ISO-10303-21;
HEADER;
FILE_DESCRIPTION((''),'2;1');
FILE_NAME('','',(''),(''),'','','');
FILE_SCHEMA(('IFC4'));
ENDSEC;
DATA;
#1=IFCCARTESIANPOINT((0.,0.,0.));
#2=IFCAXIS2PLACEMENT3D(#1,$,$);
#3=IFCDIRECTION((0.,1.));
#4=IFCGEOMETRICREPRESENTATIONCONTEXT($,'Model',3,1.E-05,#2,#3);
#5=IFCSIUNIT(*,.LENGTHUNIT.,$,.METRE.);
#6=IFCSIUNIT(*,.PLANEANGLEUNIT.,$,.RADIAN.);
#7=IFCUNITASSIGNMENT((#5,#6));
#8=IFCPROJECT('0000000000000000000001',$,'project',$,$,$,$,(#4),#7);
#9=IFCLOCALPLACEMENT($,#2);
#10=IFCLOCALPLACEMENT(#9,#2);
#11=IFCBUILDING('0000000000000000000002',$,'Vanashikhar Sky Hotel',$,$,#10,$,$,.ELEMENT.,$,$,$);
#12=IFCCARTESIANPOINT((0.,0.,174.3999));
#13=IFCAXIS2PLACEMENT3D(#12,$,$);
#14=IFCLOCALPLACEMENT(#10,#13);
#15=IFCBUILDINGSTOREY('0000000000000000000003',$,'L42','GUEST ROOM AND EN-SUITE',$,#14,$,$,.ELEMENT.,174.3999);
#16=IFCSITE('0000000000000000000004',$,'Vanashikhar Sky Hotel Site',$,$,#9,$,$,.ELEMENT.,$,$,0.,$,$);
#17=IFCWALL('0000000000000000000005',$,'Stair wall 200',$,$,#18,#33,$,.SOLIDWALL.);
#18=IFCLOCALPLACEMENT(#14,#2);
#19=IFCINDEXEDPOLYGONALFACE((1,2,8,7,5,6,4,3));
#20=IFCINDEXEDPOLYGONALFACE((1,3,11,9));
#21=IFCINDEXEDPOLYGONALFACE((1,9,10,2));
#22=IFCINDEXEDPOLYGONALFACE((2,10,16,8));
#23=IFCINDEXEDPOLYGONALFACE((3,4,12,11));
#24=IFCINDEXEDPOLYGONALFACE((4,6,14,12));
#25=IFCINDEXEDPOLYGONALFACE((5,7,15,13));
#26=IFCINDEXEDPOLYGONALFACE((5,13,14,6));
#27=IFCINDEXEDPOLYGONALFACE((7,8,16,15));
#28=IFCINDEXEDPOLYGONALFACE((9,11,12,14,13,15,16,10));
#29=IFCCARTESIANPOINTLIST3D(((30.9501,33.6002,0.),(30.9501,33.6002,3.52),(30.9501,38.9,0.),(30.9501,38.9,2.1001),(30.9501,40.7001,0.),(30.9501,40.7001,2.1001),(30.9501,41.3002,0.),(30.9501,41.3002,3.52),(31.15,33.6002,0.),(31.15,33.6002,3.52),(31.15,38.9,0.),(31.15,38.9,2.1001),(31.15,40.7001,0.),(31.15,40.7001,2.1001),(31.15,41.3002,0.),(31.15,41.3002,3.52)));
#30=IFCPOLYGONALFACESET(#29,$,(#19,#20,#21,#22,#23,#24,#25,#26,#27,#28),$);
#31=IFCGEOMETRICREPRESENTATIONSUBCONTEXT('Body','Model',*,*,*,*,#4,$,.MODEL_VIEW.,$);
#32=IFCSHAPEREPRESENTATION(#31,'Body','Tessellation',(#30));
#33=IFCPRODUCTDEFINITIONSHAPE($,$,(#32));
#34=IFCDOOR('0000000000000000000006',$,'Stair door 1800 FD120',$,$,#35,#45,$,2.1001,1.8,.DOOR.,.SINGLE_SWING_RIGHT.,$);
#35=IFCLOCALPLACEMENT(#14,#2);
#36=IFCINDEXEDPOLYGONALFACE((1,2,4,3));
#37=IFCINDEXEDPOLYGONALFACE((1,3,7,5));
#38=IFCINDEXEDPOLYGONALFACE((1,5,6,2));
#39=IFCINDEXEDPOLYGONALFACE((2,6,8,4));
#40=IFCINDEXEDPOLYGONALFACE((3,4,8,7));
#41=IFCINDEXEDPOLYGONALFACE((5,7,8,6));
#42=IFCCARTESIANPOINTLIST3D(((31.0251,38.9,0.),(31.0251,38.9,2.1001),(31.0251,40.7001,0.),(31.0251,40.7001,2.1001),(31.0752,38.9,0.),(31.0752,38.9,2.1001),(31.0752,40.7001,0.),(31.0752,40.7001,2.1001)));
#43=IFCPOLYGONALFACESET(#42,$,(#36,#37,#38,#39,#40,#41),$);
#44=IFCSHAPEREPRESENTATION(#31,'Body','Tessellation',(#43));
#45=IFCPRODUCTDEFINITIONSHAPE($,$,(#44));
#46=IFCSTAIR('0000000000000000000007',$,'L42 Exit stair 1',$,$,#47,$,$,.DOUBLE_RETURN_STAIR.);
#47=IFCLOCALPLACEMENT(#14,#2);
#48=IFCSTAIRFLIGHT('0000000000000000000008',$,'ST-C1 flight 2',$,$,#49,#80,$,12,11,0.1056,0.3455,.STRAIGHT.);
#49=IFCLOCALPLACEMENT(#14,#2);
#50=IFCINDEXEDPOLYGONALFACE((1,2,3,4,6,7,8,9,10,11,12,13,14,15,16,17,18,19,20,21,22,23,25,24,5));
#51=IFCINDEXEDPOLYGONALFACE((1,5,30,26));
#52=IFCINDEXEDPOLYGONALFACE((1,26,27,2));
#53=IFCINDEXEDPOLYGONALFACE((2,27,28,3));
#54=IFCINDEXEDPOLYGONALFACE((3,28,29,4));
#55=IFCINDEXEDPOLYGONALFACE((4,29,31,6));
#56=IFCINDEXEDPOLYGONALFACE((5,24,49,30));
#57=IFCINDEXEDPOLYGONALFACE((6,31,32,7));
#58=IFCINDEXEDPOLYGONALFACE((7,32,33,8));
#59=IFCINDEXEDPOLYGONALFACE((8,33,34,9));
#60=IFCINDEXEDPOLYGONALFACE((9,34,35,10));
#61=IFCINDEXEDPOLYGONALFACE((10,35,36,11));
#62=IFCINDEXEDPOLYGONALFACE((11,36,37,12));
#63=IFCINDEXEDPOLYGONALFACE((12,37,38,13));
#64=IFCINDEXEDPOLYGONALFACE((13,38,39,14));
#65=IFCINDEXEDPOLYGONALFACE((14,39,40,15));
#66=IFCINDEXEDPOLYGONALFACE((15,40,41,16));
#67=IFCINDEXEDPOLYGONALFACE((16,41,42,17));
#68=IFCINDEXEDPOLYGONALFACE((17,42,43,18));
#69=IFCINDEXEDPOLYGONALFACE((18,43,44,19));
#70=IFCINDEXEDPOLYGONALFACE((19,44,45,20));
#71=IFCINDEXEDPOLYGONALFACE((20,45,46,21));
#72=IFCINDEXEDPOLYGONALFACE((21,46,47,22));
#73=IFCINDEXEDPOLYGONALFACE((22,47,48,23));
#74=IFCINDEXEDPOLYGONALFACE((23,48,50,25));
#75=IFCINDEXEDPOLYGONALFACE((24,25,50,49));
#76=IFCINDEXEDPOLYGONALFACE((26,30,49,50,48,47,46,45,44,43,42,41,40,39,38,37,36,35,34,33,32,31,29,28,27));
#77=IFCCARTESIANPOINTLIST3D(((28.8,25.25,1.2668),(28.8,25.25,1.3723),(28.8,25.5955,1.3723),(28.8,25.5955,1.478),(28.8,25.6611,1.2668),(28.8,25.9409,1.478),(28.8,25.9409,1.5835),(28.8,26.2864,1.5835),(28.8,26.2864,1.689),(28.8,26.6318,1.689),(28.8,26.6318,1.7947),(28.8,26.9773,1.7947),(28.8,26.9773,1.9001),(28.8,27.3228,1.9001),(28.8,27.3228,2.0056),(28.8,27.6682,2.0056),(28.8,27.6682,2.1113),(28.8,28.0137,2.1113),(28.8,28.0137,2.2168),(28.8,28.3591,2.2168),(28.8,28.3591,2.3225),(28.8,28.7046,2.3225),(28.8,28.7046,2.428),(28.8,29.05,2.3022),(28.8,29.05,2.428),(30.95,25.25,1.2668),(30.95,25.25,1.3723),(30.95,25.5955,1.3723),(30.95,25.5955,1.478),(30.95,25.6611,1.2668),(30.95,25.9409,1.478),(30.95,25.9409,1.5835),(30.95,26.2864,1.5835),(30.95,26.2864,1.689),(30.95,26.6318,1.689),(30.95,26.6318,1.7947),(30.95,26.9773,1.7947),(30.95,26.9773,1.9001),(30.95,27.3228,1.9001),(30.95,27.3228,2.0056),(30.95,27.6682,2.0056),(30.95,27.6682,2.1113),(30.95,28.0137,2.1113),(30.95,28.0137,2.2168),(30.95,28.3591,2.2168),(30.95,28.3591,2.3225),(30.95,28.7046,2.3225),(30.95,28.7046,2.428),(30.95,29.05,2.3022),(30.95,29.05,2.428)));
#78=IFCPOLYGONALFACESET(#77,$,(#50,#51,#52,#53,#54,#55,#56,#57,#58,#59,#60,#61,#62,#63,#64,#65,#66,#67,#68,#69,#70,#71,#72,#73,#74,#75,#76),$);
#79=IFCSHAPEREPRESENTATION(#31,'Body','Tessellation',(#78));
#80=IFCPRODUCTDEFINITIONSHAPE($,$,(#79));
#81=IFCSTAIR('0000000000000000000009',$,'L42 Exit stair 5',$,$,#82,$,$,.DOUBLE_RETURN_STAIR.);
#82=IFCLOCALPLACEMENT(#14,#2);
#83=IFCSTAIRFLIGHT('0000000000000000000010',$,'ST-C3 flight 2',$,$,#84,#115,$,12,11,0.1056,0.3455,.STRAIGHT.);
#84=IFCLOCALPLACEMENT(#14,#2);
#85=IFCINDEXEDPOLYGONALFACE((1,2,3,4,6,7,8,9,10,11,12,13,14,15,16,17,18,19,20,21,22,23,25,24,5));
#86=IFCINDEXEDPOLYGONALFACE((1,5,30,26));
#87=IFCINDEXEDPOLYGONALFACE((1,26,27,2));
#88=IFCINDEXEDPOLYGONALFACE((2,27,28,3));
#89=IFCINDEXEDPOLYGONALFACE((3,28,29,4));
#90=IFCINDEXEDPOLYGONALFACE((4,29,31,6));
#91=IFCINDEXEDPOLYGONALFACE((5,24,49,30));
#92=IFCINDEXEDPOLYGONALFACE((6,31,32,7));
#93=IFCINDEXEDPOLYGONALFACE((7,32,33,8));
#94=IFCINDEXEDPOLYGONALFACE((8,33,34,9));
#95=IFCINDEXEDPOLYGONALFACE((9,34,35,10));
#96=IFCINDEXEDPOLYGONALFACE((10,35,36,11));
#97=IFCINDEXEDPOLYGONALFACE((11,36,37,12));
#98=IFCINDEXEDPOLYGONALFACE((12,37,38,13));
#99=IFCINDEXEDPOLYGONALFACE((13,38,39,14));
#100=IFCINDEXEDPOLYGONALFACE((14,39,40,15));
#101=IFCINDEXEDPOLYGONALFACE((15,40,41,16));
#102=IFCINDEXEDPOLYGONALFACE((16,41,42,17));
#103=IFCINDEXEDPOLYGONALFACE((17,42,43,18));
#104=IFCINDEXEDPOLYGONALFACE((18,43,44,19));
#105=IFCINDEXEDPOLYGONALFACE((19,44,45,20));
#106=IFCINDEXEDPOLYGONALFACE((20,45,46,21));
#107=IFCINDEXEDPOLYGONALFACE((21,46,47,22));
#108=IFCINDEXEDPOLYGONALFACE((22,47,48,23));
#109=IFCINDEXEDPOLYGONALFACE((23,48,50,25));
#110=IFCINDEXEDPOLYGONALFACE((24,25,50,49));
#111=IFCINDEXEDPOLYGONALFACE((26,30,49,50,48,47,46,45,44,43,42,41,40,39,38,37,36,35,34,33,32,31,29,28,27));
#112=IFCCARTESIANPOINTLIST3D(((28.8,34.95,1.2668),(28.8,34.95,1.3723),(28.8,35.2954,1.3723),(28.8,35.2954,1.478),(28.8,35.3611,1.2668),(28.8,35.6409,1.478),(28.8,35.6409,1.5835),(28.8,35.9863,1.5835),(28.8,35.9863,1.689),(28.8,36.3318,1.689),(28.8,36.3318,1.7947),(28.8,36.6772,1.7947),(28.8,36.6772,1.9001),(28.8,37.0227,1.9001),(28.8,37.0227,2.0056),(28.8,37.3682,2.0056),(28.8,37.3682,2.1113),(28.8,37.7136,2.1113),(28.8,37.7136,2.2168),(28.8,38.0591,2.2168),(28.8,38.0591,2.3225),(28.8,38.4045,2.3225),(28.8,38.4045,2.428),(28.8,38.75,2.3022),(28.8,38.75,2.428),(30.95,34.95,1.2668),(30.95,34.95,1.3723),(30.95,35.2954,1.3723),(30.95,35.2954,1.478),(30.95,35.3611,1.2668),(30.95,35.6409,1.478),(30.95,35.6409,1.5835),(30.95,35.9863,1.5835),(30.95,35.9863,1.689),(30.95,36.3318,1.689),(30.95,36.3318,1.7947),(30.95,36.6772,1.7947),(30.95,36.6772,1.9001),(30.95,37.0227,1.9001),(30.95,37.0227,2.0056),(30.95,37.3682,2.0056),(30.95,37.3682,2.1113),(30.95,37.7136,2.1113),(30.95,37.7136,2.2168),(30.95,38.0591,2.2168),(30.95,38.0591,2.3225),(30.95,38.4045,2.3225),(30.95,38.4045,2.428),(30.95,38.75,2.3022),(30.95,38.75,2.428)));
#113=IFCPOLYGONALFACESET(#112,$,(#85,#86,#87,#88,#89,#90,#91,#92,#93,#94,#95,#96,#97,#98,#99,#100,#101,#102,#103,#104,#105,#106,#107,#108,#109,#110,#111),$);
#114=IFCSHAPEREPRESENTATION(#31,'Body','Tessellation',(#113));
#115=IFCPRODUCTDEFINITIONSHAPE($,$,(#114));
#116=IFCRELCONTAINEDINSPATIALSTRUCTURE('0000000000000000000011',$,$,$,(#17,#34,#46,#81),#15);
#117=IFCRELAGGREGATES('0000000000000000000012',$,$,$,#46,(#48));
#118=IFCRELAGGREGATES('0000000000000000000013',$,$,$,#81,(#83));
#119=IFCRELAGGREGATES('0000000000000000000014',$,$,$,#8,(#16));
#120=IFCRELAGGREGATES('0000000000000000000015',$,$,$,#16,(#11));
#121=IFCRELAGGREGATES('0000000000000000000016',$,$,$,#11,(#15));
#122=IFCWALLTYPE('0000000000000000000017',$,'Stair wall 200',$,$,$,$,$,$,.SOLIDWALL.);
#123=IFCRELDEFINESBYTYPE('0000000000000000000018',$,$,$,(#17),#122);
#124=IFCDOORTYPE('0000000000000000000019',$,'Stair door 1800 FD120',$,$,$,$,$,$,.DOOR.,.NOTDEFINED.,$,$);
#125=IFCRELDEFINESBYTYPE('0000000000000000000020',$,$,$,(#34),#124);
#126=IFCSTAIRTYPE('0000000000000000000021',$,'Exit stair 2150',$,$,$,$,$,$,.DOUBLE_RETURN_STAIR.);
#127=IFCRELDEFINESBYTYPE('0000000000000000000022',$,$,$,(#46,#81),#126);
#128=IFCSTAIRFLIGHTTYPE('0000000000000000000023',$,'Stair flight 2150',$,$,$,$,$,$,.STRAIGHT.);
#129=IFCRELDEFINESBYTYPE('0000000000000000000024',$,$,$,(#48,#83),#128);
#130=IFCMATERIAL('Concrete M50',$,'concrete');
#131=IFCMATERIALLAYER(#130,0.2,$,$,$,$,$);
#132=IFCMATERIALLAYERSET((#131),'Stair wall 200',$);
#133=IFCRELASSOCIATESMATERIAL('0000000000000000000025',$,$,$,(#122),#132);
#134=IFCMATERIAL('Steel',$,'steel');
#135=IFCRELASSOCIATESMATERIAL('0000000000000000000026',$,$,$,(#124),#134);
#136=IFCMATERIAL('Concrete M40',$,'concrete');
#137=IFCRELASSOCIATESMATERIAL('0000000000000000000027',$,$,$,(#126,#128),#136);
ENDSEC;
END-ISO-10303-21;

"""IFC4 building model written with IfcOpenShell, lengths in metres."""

from ifc_helpers import new_model, si_unit, direction, frame, frame_2d, origin, place, context, subcontext, project, spatial, polyline, rectangle, outline, extrude, source, transform, mapped, material, layer, layer_set, type_object, element, fill, aggregate, save


model = new_model("IFC4")

# Units and contexts
model_context = context("Model", 3, precision=1e-05, world=origin(), true_north=direction((0.0, 1.0)))
body_context = subcontext(model_context, "Body", "Model", "MODEL_VIEW")
ifc_project = project(units=[si_unit("LENGTHUNIT", "METRE"), si_unit("PLANEANGLEUNIT", "RADIAN")], contexts=[model_context])

# Site, building, storey
site_placement = place(None, origin())
site = spatial("IfcSite", under=ifc_project, at=site_placement, Name="Vanashikhar Sky Hotel Site", CompositionType="ELEMENT", RefElevation=0.0)
building_placement = place(site_placement, origin())
building = spatial("IfcBuilding", under=site, at=building_placement, Name="Vanashikhar Sky Hotel", CompositionType="ELEMENT")
storey_placement = place(building_placement, frame((0.0, 0.0, 174.3999)))
storey = spatial("IfcBuildingStorey", under=building, at=storey_placement, Name="L42", Description="GUEST ROOM AND EN-SUITE", CompositionType="ELEMENT", Elevation=174.3999)

# Shared definitions
ifc_material_1 = material(Name="Steel", Category="steel")

# Shared definitions
ifc_material_2 = material(Name="Concrete M40", Category="concrete")

# Shared definitions
ifc_material_3 = material(Name="Concrete M50", Category="concrete")
ifc_layer_1 = layer(ifc_material_3, 0.2)
ifc_layer_set_1 = layer_set([ifc_layer_1], Name="Stair wall 200")
wall_type_1 = type_object("IfcWallType", Name="Stair wall 200", PredefinedType="SOLIDWALL", material=ifc_layer_set_1)

# Wall, opening, door
shared_shape_1 = source(origin(), body_context, "Body", "SweptSolid", [
    extrude(rectangle(XDim=7.7, YDim=0.2, at=frame_2d((3.8501, 0.0))), origin(), (0.0, 0.0, 1.0), 3.52),
])
wall_1_placement = place(storey_placement, frame((31.05, 33.6001, 0.0), z_axis=(0.0, 0.0, 1.0), x_axis=(0.0, 1.0, 0.0)))
wall_1 = element("IfcWall", 1, at=wall_1_placement, inside=storey, type_object=wall_type_1, Name="Stair wall 200", PredefinedType="SOLIDWALL", context=body_context, shape_type="MappedRepresentation", body=[
    mapped(shared_shape_1, transform((0.0, 0.0, 0.0), scale=1.0)),
])
shared_shape_2 = source(origin(), body_context, "Body", "SweptSolid", [
    extrude(rectangle(XDim=1.8, YDim=2.1001, at=frame_2d((0.8999, 1.05))), frame((0.0, 0.1099, 0.0), z_axis=(0.0, -1.0, 0.0), x_axis=(1.0, 0.0, 0.0)), (0.0, 0.0, 1.0), 0.22),
])
opening_1_placement = place(wall_1_placement, frame((5.3, 0.0, 0.0)))
opening_1 = element("IfcOpeningElement", 2, at=opening_1_placement, cuts=wall_1, PredefinedType="OPENING", context=body_context, shape_type="MappedRepresentation", body=[
    mapped(shared_shape_2, transform((0.0, 0.0, 0.0), scale=1.0)),
])
door_type_1 = type_object("IfcDoorType", Name="Stair door 1800 FD120", OperationType="NOTDEFINED", PredefinedType="DOOR", material=ifc_material_1)
shared_shape_3 = source(origin(), body_context, "Body", "SweptSolid", [
    extrude(rectangle(XDim=1.8, YDim=2.1001, at=frame_2d((0.8999, 1.05))), frame((0.0, 0.0249, 0.0), z_axis=(0.0, -1.0, 0.0), x_axis=(1.0, 0.0, 0.0)), (0.0, 0.0, 1.0), 0.05),
])
door_1_placement = place(opening_1_placement, origin())
door_1 = element("IfcDoor", 3, at=door_1_placement, inside=storey, type_object=door_type_1, Name="Stair door 1800 FD120", OperationType="SINGLE_SWING_RIGHT", OverallHeight=2.1001, OverallWidth=1.8, PredefinedType="DOOR", context=body_context, shape_type="MappedRepresentation", body=[
    mapped(shared_shape_3, transform((0.0, 0.0, 0.0), scale=1.0)),
])
fill(opening_1, door_1)

# Stairs, stair flights
stair_type = type_object("IfcStairType", Name="Exit stair 2150", PredefinedType="DOUBLE_RETURN_STAIR", material=ifc_material_2)
stair_1_placement = place(storey_placement, origin())
stair_1 = element("IfcStair", 4, at=stair_1_placement, inside=storey, type_object=stair_type, Name="L42 Exit stair 1", PredefinedType="DOUBLE_RETURN_STAIR")
stair_flight_type = type_object("IfcStairFlightType", Name="Stair flight 2150", PredefinedType="STRAIGHT", material=ifc_material_2)
shared_shape_4 = source(origin(), body_context, "Body", "SweptSolid", [
    extrude(outline(polyline([(0.0, 0.0), (0.0, 0.1055), (0.3455, 0.1055), (0.3455, 0.2112), (0.6909, 0.2112), (0.6909, 0.3167), (1.0364, 0.3167), (1.0364, 0.4221), (1.3818, 0.4221), (1.3818, 0.5278), (1.7273, 0.5278), (1.7273, 0.6333), (2.0728, 0.6333), (2.0728, 0.7388), (2.4182, 0.7388), (2.4182, 0.8445), (2.7637, 0.8445), (2.7637, 0.95), (3.1091, 0.95), (3.1091, 1.0557), (3.4546, 1.0557), (3.4546, 1.1611), (3.8, 1.1611), (3.8, 1.2666), (3.8, 1.0354), (0.4111, 0.0), (0.0, 0.0)])), frame((0.0, 1.075, 0.0), z_axis=(0.0, -1.0, 0.0), x_axis=(1.0, 0.0, 0.0)), (0.0, 0.0, 1.0), 2.1499),
])
stair_flight_1_placement = place(storey_placement, frame((29.875, 25.25, 1.2668), z_axis=(0.0, 0.0, 1.0), x_axis=(0.0, 1.0, 0.0)))
stair_flight_1 = element("IfcStairFlight", 5, at=stair_flight_1_placement, type_object=stair_flight_type, Name="ST-C1 flight 2", NumberOfRisers=12, NumberOfTreads=11, PredefinedType="STRAIGHT", RiserHeight=0.1056, TreadLength=0.3455, context=body_context, shape_type="MappedRepresentation", body=[
    mapped(shared_shape_4, transform((0.0, 0.0, 0.0), scale=1.0)),
])
aggregate(stair_1, [stair_flight_1])
stair_2_placement = place(storey_placement, origin())
stair_2 = element("IfcStair", 6, at=stair_2_placement, inside=storey, type_object=stair_type, Name="L42 Exit stair 5", PredefinedType="DOUBLE_RETURN_STAIR")
stair_flight_2_placement = place(storey_placement, frame((29.875, 34.95, 1.2668), z_axis=(0.0, 0.0, 1.0), x_axis=(0.0, 1.0, 0.0)))
stair_flight_2 = element("IfcStairFlight", 7, at=stair_flight_2_placement, type_object=stair_flight_type, Name="ST-C3 flight 2", NumberOfRisers=12, NumberOfTreads=11, PredefinedType="STRAIGHT", RiserHeight=0.1056, TreadLength=0.3455, context=body_context, shape_type="MappedRepresentation", body=[
    mapped(shared_shape_4, transform((0.0, 0.0, 0.0), scale=1.0)),
])
aggregate(stair_2, [stair_flight_2])

save(model, "model.ifc")
